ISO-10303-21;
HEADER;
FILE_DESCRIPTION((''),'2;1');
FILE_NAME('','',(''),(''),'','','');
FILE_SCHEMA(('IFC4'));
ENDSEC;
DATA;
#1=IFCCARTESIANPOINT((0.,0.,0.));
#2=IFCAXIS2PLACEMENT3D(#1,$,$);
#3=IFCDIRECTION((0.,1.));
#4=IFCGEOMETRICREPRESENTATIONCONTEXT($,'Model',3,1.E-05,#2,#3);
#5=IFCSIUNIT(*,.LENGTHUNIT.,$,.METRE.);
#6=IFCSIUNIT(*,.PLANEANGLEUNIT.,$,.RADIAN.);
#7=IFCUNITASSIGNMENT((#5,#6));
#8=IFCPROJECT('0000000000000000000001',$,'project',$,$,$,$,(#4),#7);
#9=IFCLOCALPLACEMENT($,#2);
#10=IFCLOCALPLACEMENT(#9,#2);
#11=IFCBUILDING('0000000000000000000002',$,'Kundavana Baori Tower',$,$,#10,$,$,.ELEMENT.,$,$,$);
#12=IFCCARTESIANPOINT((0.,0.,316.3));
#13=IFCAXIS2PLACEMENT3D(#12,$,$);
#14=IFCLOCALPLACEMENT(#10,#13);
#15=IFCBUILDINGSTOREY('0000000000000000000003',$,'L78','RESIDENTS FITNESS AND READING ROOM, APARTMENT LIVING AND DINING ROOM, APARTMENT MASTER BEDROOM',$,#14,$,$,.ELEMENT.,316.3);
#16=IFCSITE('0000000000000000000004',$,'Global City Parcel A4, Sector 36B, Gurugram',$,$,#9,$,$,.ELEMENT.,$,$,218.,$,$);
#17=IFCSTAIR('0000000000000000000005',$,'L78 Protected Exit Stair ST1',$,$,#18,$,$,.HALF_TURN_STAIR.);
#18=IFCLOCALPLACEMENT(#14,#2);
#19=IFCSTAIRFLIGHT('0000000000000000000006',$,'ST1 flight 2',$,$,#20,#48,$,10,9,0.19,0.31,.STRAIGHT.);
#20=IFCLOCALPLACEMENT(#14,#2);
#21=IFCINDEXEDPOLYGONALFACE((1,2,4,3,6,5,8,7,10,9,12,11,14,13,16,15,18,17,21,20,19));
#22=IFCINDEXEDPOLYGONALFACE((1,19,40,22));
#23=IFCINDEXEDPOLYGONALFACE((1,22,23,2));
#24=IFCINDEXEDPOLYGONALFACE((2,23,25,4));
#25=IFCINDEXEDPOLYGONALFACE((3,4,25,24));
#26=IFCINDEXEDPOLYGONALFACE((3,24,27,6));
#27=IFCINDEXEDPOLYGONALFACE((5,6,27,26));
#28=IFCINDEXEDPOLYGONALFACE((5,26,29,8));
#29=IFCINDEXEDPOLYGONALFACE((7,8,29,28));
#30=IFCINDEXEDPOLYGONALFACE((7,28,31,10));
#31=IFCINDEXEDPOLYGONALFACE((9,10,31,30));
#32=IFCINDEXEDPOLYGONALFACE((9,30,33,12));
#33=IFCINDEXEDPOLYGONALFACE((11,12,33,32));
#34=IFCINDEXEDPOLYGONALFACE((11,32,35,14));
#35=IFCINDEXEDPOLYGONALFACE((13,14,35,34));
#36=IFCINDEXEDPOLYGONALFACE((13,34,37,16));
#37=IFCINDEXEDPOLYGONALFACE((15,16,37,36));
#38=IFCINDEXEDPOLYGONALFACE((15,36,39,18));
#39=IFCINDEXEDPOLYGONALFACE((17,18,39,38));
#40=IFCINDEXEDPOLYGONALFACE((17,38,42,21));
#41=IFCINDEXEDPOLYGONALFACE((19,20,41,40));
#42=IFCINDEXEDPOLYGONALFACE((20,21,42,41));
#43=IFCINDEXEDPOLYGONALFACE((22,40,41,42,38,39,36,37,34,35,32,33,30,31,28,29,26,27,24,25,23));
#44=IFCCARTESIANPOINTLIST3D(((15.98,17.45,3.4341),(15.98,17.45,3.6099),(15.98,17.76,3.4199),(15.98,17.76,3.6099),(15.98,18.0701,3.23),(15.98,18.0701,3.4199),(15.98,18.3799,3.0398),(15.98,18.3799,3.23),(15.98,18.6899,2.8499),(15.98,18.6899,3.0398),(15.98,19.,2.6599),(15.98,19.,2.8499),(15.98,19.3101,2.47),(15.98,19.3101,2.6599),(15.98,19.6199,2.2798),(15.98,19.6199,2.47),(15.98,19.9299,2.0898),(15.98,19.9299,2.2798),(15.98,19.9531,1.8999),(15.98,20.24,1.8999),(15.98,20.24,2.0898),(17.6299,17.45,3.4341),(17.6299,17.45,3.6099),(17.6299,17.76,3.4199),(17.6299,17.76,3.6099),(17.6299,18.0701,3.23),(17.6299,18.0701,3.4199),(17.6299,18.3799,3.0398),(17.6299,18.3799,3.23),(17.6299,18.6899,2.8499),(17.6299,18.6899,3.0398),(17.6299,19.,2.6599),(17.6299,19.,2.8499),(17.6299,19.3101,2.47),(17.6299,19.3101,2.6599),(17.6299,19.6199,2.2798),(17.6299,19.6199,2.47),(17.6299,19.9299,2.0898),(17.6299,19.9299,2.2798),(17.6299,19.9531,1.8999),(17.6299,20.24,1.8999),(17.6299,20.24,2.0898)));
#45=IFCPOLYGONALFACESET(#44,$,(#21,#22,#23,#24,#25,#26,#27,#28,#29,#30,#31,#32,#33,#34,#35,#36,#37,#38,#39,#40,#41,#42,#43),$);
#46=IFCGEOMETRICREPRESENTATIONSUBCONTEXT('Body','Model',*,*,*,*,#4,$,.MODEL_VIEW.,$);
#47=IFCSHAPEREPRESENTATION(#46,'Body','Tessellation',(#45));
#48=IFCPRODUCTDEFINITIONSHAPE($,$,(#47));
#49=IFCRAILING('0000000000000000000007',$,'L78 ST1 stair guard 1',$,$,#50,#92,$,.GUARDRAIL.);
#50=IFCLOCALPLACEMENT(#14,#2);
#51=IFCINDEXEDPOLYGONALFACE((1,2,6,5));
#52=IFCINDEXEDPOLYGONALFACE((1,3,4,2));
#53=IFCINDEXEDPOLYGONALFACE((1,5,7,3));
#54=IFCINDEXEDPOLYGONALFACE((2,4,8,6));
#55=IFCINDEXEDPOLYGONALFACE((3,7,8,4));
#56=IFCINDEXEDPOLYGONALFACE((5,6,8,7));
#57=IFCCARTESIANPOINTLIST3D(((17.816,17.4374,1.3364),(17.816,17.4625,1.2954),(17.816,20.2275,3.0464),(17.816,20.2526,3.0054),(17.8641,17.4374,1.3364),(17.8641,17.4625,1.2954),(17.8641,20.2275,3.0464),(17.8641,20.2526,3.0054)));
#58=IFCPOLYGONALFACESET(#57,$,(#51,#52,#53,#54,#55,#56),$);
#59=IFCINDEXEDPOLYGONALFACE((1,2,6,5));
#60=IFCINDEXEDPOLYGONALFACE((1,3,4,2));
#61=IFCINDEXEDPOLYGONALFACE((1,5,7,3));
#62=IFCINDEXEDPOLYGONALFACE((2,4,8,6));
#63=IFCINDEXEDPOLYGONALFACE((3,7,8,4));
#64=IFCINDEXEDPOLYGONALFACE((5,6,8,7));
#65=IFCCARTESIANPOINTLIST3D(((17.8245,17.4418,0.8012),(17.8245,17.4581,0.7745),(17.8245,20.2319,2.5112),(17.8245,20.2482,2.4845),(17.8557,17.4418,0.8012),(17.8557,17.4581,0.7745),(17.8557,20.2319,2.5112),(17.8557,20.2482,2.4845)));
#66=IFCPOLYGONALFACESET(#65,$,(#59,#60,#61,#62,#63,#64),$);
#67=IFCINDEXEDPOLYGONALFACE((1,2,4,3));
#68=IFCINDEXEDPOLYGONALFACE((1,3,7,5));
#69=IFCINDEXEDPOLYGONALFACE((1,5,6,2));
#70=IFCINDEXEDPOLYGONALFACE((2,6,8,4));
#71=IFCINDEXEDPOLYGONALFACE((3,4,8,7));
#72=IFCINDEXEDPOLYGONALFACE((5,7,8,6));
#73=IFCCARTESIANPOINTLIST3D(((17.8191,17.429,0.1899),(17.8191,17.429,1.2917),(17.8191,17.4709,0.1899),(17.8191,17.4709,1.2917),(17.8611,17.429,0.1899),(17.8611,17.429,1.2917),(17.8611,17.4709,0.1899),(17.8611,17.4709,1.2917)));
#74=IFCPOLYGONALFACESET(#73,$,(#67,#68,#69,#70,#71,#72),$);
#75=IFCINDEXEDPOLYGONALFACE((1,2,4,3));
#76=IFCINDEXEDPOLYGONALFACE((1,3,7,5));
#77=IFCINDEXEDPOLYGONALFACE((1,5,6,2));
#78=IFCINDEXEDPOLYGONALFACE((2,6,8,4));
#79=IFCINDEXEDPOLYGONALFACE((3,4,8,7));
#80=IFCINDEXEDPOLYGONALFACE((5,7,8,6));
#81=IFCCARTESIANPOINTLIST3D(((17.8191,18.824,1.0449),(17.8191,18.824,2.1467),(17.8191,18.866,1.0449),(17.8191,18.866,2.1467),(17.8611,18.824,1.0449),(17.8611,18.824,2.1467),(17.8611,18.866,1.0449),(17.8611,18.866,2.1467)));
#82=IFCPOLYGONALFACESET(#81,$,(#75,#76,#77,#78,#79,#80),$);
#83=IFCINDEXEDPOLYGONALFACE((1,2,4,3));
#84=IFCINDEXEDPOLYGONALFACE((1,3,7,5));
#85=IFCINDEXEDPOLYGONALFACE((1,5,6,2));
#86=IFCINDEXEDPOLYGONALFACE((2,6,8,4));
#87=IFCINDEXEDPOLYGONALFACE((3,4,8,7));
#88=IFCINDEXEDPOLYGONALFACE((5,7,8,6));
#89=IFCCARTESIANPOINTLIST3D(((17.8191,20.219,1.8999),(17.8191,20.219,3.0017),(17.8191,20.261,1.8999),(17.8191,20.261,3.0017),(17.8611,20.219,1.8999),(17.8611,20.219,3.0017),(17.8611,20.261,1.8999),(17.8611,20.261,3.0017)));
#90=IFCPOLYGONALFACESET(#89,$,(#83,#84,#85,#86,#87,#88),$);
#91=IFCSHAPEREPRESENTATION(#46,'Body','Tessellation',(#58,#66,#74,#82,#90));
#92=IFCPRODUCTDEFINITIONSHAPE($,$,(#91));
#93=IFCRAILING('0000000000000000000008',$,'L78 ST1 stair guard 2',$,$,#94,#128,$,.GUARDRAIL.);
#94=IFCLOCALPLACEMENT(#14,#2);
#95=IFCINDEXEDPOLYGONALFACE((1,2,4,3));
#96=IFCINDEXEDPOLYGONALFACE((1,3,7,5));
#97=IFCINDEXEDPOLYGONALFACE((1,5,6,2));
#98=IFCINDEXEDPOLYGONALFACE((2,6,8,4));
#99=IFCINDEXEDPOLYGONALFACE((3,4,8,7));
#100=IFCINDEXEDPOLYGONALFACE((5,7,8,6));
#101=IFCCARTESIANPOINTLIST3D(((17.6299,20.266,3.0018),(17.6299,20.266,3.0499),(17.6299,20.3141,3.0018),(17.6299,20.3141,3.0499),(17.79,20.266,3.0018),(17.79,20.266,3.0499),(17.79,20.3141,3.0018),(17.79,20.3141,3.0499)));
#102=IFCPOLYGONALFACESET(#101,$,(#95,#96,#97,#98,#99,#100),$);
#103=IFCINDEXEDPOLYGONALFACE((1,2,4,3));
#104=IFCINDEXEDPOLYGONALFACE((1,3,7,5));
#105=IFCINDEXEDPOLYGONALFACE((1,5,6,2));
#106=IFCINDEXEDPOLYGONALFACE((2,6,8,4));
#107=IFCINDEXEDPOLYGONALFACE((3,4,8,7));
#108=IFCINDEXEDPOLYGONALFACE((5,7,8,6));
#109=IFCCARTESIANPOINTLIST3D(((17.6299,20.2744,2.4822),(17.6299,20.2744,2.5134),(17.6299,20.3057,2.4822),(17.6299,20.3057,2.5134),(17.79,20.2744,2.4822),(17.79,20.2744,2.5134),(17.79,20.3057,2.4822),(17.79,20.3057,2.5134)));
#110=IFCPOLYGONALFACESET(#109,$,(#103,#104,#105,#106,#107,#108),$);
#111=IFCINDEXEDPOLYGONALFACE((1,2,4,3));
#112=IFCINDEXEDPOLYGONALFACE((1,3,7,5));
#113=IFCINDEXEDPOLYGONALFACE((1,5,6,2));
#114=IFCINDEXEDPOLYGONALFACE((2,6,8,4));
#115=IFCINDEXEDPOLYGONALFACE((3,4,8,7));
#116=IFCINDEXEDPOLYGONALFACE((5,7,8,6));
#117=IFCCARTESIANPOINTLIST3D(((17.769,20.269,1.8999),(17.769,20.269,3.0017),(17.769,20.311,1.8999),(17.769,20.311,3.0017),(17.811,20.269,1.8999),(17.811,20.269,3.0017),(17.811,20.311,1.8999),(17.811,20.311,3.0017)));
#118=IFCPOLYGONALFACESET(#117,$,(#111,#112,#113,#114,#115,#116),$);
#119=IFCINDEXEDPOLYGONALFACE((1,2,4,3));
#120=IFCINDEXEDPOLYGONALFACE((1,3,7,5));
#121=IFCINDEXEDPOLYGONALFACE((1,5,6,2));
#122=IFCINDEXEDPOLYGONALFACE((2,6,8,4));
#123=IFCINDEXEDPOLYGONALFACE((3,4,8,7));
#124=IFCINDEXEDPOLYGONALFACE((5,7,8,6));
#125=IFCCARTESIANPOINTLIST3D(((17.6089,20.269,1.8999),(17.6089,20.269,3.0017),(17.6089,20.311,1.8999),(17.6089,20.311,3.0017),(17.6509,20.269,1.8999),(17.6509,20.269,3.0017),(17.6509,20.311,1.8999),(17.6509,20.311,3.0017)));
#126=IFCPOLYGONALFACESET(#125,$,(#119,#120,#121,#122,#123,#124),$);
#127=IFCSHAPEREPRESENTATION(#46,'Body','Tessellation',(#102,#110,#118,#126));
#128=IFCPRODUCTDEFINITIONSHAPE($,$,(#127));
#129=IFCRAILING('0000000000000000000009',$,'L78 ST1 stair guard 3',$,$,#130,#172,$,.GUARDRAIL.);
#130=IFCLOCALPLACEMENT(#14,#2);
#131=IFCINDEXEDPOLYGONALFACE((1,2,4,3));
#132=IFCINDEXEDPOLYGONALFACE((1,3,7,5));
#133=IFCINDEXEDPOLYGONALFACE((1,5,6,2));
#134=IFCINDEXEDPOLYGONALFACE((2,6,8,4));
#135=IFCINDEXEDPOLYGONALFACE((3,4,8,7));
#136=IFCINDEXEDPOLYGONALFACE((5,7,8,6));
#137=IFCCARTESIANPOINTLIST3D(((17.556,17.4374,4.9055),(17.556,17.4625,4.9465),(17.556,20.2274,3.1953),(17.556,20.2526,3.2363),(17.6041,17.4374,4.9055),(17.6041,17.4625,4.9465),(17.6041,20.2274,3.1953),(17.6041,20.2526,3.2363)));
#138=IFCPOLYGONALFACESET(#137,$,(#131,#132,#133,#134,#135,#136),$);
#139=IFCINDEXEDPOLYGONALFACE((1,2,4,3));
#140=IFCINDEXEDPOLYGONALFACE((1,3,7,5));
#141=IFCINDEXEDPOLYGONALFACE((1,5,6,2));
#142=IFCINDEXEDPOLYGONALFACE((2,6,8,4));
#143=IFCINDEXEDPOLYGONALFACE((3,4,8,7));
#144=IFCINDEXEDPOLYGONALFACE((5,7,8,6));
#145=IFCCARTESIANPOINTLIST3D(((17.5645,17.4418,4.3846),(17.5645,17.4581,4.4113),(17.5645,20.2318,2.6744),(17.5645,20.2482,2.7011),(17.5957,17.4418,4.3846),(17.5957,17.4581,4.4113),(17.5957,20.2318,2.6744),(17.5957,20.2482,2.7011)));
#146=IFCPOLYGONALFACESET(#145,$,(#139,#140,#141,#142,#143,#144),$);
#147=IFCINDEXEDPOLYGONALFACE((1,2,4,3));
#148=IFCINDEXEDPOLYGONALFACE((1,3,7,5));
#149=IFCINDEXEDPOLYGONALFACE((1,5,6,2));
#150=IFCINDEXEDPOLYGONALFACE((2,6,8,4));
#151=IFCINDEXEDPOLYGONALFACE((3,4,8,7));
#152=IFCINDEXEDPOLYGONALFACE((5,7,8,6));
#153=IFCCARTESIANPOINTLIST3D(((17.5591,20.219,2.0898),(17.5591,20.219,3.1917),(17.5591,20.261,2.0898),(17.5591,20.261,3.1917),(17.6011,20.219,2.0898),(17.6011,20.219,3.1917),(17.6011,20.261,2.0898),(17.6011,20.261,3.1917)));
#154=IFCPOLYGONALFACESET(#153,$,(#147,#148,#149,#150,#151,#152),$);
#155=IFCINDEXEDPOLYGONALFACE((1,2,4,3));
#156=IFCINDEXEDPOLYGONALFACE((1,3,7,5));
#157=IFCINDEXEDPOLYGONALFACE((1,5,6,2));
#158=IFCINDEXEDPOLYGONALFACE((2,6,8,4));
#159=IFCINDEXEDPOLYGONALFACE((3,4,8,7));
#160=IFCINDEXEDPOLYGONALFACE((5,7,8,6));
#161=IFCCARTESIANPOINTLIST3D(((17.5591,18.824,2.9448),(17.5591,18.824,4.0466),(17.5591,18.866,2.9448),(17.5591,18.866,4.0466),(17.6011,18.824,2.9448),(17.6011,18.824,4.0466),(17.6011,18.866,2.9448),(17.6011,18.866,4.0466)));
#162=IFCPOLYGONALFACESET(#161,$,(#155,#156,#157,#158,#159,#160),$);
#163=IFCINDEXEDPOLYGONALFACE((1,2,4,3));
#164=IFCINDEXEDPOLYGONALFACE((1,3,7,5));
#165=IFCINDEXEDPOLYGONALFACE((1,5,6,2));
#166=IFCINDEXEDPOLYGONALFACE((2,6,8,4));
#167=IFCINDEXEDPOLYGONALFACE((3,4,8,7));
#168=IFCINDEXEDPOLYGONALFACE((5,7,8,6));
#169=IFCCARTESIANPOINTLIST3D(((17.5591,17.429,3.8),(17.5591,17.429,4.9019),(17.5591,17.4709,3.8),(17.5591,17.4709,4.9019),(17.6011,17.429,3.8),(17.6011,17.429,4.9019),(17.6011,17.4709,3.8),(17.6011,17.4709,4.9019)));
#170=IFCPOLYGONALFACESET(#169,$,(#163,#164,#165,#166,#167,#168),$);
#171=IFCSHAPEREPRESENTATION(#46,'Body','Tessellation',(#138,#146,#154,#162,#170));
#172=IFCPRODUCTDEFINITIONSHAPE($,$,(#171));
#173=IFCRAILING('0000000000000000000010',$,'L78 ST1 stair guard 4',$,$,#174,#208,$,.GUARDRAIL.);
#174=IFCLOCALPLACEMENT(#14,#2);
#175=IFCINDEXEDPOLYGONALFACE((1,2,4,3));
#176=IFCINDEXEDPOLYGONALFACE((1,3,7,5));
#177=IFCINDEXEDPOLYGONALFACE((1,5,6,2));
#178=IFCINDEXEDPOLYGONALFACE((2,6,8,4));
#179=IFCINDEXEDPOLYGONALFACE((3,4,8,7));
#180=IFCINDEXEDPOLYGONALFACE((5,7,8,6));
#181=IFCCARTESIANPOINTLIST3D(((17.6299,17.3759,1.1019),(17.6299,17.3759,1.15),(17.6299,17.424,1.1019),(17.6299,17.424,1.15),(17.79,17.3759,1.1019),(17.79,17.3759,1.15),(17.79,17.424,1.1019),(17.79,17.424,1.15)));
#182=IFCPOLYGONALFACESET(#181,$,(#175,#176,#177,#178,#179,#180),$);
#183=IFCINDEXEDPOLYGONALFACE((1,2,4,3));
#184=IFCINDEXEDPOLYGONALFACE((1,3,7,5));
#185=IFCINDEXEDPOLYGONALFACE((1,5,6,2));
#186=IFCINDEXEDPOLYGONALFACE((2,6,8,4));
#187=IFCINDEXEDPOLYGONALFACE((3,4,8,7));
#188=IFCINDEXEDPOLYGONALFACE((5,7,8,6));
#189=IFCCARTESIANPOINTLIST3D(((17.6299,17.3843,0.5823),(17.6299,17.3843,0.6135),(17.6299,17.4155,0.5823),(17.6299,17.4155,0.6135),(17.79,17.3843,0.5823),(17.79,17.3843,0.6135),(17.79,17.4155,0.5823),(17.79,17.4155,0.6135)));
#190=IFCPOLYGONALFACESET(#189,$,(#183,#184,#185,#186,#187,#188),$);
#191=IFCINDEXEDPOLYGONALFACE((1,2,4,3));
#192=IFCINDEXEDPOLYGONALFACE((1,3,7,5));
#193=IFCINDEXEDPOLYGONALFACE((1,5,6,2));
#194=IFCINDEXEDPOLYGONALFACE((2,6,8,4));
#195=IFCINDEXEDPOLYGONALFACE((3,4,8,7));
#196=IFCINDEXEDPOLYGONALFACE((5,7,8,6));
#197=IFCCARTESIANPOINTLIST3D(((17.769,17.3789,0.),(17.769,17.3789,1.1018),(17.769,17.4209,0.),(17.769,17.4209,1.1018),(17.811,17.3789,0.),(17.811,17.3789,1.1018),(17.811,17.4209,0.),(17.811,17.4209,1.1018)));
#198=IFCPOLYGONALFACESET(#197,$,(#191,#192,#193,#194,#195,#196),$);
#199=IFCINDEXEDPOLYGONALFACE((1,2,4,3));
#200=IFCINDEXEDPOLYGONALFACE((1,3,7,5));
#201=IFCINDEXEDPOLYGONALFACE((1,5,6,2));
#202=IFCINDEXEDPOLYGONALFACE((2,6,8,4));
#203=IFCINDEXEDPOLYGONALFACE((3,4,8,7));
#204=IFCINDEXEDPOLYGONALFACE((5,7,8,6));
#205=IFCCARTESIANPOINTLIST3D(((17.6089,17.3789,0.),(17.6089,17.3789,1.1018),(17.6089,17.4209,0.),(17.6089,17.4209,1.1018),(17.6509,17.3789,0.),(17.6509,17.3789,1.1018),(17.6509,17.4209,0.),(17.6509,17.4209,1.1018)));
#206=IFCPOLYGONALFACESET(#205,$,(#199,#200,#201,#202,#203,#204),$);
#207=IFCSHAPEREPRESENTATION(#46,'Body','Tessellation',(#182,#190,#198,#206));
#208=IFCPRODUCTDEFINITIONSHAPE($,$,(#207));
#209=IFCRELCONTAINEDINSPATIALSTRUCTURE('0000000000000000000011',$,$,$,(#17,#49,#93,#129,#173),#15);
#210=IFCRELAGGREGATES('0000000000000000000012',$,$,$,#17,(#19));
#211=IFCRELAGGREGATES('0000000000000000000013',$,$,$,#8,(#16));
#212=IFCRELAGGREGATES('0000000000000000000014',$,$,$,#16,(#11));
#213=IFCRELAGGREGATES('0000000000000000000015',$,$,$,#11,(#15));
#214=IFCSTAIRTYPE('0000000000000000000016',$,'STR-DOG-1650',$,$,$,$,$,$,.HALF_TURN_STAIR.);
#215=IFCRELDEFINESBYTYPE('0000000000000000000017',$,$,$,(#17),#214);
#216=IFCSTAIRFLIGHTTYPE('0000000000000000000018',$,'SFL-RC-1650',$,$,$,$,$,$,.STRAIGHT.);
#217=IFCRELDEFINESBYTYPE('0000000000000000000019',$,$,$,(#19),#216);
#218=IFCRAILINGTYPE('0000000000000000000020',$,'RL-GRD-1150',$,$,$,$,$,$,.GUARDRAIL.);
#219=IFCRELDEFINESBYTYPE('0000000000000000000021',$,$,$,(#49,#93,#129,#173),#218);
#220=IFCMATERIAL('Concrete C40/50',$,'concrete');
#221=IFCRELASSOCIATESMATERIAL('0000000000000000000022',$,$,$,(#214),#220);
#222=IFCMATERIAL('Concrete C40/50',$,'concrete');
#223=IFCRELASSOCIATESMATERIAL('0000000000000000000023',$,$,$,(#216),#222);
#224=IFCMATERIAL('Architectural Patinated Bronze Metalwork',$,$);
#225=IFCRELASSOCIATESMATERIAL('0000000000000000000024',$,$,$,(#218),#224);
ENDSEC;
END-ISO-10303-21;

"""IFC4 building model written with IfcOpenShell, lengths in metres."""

from ifc_helpers import new_model, si_unit, direction, frame, origin, origin_2d, place, context, subcontext, project, spatial, polyline, rectangle, outline, extrude, material, type_object, element, aggregate, save


model = new_model("IFC4")

# Units and contexts
model_context = context("Model", 3, precision=1e-05, world=origin(), true_north=direction((0.0, 1.0)))
body_context = subcontext(model_context, "Body", "Model", "MODEL_VIEW")
ifc_project = project(units=[si_unit("LENGTHUNIT", "METRE"), si_unit("PLANEANGLEUNIT", "RADIAN")], contexts=[model_context])

# Site, building, storey
site_placement = place(None, origin())
site = spatial("IfcSite", under=ifc_project, at=site_placement, Name="Global City Parcel A4, Sector 36B, Gurugram", CompositionType="ELEMENT", RefElevation=218.0)
building_placement = place(site_placement, origin())
building = spatial("IfcBuilding", under=site, at=building_placement, Name="Kundavana Baori Tower", CompositionType="ELEMENT")
storey_placement = place(building_placement, frame((0.0, 0.0, 316.3)))
storey = spatial("IfcBuildingStorey", under=building, at=storey_placement, Name="L78", Description="RESIDENTS FITNESS AND READING ROOM, APARTMENT LIVING AND DINING ROOM, APARTMENT MASTER BEDROOM", CompositionType="ELEMENT", Elevation=316.3)

# Stair, stair flight
ifc_material_1 = material(Name="Concrete C40/50", Category="concrete")
stair_type = type_object("IfcStairType", Name="STR-DOG-1650", PredefinedType="HALF_TURN_STAIR", material=ifc_material_1)
stair_placement = place(storey_placement, origin())
stair = element("IfcStair", 1, at=stair_placement, inside=storey, type_object=stair_type, Name="L78 Protected Exit Stair ST1", PredefinedType="HALF_TURN_STAIR")
ifc_material_2 = material(Name="Concrete C40/50", Category="concrete")
stair_flight_type = type_object("IfcStairFlightType", Name="SFL-RC-1650", PredefinedType="STRAIGHT", material=ifc_material_2)
stair_flight_1_placement = place(storey_placement, frame((16.8049, 20.24, 1.8999), z_axis=(0.0, 0.0, 1.0), x_axis=(0.0, -1.0, 0.0)))
stair_flight_1 = element("IfcStairFlight", 2, at=stair_flight_1_placement, type_object=stair_flight_type, Name="ST1 flight 2", NumberOfRisers=10, NumberOfTreads=9, PredefinedType="STRAIGHT", RiserHeight=0.19, TreadLength=0.31, context=body_context, shape_type="SweptSolid", body=[
    extrude(outline(polyline([(0.0, 0.0), (0.0, 0.1899), (0.3101, 0.1899), (0.3101, 0.3799), (0.6201, 0.3799), (0.6201, 0.5701), (0.9299, 0.5701), (0.9299, 0.76), (1.24, 0.76), (1.24, 0.95), (1.55, 0.95), (1.55, 1.1399), (1.8601, 1.1399), (1.8601, 1.3301), (2.1699, 1.3301), (2.1699, 1.52), (2.48, 1.52), (2.48, 1.71), (2.79, 1.71), (2.79, 1.8999), (2.79, 1.5342), (0.2869, 0.0), (0.0, 0.0)])), frame((0.0, 0.825, 0.0), z_axis=(0.0, -1.0, 0.0), x_axis=(1.0, 0.0, 0.0)), (0.0, 0.0, 1.0), 1.6499),
])
aggregate(stair, [stair_flight_1])

# Railings
ifc_material_3 = material(Name="Architectural Patinated Bronze Metalwork")
railing_type_1 = type_object("IfcRailingType", Name="RL-GRD-1150", PredefinedType="GUARDRAIL", material=ifc_material_3)
railing_1_placement = place(storey_placement, frame((17.8401, 17.45, 0.1899)))
element("IfcRailing", 3, at=railing_1_placement, inside=storey, type_object=railing_type_1, Name="L78 ST1 stair guard 1", PredefinedType="GUARDRAIL", context=body_context, shape_type="SweptSolid", body=[
    extrude(rectangle(XDim=0.0481, YDim=0.0481, at=origin_2d()), frame((0.0, 0.0, 1.126), z_axis=(0.0, 0.85261, 0.522548), x_axis=(-1.0, 0.0, 0.0)), (0.0, 0.0, 1.0), 3.2725),
    extrude(rectangle(XDim=0.0312, YDim=0.0312, at=origin_2d()), frame((0.0, 0.0, 0.5979), z_axis=(0.0, 0.85261, 0.522548), x_axis=(-1.0, 0.0, 0.0)), (0.0, 0.0, 1.0), 3.2725),
    extrude(rectangle(XDim=0.042, YDim=0.042, at=origin_2d()), origin(), (0.0, 0.0, 1.0), 1.1018),
    extrude(rectangle(XDim=0.042, YDim=0.042, at=origin_2d()), frame((0.0, 1.395, 0.855)), (0.0, 0.0, 1.0), 1.1018),
    extrude(rectangle(XDim=0.042, YDim=0.042, at=origin_2d()), frame((0.0, 2.79, 1.71)), (0.0, 0.0, 1.0), 1.1018),
])
railing_2_placement = place(storey_placement, frame((17.79, 20.29, 1.8999)))
element("IfcRailing", 4, at=railing_2_placement, inside=storey, type_object=railing_type_1, Name="L78 ST1 stair guard 2", PredefinedType="GUARDRAIL", context=body_context, shape_type="SweptSolid", body=[
    extrude(rectangle(XDim=0.0481, YDim=0.0481, at=origin_2d()), frame((0.0, 0.0, 1.126), z_axis=(-1.0, 0.0, 0.0), x_axis=(0.0, -1.0, 0.0)), (0.0, 0.0, 1.0), 0.1602),
    extrude(rectangle(XDim=0.0312, YDim=0.0312, at=origin_2d()), frame((0.0, 0.0, 0.5979), z_axis=(-1.0, 0.0, 0.0), x_axis=(0.0, -1.0, 0.0)), (0.0, 0.0, 1.0), 0.1602),
    extrude(rectangle(XDim=0.042, YDim=0.042, at=origin_2d()), origin(), (0.0, 0.0, 1.0), 1.1018),
    extrude(rectangle(XDim=0.042, YDim=0.042, at=origin_2d()), frame((-0.1602, 0.0, 0.0)), (0.0, 0.0, 1.0), 1.1018),
])
railing_3_placement = place(storey_placement, frame((17.5801, 20.24, 2.0898)))
element("IfcRailing", 5, at=railing_3_placement, inside=storey, type_object=railing_type_1, Name="L78 ST1 stair guard 3", PredefinedType="GUARDRAIL", context=body_context, shape_type="SweptSolid", body=[
    extrude(rectangle(XDim=0.0481, YDim=0.0481, at=origin_2d()), frame((0.0, 0.0, 1.126), z_axis=(0.0, -0.852577, 0.522602), x_axis=(1.0, 0.0, 0.0)), (0.0, 0.0, 1.0), 3.2725),
    extrude(rectangle(XDim=0.0312, YDim=0.0312, at=origin_2d()), frame((0.0, 0.0, 0.5979), z_axis=(0.0, -0.852577, 0.522602), x_axis=(1.0, 0.0, 0.0)), (0.0, 0.0, 1.0), 3.2725),
    extrude(rectangle(XDim=0.042, YDim=0.042, at=origin_2d()), origin(), (0.0, 0.0, 1.0), 1.1018),
    extrude(rectangle(XDim=0.042, YDim=0.042, at=origin_2d()), frame((0.0, -1.395, 0.855)), (0.0, 0.0, 1.0), 1.1018),
    extrude(rectangle(XDim=0.042, YDim=0.042, at=origin_2d()), frame((0.0, -2.79, 1.7102)), (0.0, 0.0, 1.0), 1.1018),
])
railing_4_placement = place(storey_placement, frame((17.79, 17.3999, 0.0)))
element("IfcRailing", 6, at=railing_4_placement, inside=storey, type_object=railing_type_1, Name="L78 ST1 stair guard 4", PredefinedType="GUARDRAIL", context=body_context, shape_type="SweptSolid", body=[
    extrude(rectangle(XDim=0.0481, YDim=0.0481, at=origin_2d()), frame((0.0, 0.0, 1.126), z_axis=(-1.0, 0.0, 0.0), x_axis=(0.0, -1.0, 0.0)), (0.0, 0.0, 1.0), 0.1602),
    extrude(rectangle(XDim=0.0312, YDim=0.0312, at=origin_2d()), frame((0.0, 0.0, 0.5979), z_axis=(-1.0, 0.0, 0.0), x_axis=(0.0, -1.0, 0.0)), (0.0, 0.0, 1.0), 0.1602),
    extrude(rectangle(XDim=0.042, YDim=0.042, at=origin_2d()), origin(), (0.0, 0.0, 1.0), 1.1018),
    extrude(rectangle(XDim=0.042, YDim=0.042, at=origin_2d()), frame((-0.1602, 0.0, 0.0)), (0.0, 0.0, 1.0), 1.1018),
])

save(model, "model.ifc")
